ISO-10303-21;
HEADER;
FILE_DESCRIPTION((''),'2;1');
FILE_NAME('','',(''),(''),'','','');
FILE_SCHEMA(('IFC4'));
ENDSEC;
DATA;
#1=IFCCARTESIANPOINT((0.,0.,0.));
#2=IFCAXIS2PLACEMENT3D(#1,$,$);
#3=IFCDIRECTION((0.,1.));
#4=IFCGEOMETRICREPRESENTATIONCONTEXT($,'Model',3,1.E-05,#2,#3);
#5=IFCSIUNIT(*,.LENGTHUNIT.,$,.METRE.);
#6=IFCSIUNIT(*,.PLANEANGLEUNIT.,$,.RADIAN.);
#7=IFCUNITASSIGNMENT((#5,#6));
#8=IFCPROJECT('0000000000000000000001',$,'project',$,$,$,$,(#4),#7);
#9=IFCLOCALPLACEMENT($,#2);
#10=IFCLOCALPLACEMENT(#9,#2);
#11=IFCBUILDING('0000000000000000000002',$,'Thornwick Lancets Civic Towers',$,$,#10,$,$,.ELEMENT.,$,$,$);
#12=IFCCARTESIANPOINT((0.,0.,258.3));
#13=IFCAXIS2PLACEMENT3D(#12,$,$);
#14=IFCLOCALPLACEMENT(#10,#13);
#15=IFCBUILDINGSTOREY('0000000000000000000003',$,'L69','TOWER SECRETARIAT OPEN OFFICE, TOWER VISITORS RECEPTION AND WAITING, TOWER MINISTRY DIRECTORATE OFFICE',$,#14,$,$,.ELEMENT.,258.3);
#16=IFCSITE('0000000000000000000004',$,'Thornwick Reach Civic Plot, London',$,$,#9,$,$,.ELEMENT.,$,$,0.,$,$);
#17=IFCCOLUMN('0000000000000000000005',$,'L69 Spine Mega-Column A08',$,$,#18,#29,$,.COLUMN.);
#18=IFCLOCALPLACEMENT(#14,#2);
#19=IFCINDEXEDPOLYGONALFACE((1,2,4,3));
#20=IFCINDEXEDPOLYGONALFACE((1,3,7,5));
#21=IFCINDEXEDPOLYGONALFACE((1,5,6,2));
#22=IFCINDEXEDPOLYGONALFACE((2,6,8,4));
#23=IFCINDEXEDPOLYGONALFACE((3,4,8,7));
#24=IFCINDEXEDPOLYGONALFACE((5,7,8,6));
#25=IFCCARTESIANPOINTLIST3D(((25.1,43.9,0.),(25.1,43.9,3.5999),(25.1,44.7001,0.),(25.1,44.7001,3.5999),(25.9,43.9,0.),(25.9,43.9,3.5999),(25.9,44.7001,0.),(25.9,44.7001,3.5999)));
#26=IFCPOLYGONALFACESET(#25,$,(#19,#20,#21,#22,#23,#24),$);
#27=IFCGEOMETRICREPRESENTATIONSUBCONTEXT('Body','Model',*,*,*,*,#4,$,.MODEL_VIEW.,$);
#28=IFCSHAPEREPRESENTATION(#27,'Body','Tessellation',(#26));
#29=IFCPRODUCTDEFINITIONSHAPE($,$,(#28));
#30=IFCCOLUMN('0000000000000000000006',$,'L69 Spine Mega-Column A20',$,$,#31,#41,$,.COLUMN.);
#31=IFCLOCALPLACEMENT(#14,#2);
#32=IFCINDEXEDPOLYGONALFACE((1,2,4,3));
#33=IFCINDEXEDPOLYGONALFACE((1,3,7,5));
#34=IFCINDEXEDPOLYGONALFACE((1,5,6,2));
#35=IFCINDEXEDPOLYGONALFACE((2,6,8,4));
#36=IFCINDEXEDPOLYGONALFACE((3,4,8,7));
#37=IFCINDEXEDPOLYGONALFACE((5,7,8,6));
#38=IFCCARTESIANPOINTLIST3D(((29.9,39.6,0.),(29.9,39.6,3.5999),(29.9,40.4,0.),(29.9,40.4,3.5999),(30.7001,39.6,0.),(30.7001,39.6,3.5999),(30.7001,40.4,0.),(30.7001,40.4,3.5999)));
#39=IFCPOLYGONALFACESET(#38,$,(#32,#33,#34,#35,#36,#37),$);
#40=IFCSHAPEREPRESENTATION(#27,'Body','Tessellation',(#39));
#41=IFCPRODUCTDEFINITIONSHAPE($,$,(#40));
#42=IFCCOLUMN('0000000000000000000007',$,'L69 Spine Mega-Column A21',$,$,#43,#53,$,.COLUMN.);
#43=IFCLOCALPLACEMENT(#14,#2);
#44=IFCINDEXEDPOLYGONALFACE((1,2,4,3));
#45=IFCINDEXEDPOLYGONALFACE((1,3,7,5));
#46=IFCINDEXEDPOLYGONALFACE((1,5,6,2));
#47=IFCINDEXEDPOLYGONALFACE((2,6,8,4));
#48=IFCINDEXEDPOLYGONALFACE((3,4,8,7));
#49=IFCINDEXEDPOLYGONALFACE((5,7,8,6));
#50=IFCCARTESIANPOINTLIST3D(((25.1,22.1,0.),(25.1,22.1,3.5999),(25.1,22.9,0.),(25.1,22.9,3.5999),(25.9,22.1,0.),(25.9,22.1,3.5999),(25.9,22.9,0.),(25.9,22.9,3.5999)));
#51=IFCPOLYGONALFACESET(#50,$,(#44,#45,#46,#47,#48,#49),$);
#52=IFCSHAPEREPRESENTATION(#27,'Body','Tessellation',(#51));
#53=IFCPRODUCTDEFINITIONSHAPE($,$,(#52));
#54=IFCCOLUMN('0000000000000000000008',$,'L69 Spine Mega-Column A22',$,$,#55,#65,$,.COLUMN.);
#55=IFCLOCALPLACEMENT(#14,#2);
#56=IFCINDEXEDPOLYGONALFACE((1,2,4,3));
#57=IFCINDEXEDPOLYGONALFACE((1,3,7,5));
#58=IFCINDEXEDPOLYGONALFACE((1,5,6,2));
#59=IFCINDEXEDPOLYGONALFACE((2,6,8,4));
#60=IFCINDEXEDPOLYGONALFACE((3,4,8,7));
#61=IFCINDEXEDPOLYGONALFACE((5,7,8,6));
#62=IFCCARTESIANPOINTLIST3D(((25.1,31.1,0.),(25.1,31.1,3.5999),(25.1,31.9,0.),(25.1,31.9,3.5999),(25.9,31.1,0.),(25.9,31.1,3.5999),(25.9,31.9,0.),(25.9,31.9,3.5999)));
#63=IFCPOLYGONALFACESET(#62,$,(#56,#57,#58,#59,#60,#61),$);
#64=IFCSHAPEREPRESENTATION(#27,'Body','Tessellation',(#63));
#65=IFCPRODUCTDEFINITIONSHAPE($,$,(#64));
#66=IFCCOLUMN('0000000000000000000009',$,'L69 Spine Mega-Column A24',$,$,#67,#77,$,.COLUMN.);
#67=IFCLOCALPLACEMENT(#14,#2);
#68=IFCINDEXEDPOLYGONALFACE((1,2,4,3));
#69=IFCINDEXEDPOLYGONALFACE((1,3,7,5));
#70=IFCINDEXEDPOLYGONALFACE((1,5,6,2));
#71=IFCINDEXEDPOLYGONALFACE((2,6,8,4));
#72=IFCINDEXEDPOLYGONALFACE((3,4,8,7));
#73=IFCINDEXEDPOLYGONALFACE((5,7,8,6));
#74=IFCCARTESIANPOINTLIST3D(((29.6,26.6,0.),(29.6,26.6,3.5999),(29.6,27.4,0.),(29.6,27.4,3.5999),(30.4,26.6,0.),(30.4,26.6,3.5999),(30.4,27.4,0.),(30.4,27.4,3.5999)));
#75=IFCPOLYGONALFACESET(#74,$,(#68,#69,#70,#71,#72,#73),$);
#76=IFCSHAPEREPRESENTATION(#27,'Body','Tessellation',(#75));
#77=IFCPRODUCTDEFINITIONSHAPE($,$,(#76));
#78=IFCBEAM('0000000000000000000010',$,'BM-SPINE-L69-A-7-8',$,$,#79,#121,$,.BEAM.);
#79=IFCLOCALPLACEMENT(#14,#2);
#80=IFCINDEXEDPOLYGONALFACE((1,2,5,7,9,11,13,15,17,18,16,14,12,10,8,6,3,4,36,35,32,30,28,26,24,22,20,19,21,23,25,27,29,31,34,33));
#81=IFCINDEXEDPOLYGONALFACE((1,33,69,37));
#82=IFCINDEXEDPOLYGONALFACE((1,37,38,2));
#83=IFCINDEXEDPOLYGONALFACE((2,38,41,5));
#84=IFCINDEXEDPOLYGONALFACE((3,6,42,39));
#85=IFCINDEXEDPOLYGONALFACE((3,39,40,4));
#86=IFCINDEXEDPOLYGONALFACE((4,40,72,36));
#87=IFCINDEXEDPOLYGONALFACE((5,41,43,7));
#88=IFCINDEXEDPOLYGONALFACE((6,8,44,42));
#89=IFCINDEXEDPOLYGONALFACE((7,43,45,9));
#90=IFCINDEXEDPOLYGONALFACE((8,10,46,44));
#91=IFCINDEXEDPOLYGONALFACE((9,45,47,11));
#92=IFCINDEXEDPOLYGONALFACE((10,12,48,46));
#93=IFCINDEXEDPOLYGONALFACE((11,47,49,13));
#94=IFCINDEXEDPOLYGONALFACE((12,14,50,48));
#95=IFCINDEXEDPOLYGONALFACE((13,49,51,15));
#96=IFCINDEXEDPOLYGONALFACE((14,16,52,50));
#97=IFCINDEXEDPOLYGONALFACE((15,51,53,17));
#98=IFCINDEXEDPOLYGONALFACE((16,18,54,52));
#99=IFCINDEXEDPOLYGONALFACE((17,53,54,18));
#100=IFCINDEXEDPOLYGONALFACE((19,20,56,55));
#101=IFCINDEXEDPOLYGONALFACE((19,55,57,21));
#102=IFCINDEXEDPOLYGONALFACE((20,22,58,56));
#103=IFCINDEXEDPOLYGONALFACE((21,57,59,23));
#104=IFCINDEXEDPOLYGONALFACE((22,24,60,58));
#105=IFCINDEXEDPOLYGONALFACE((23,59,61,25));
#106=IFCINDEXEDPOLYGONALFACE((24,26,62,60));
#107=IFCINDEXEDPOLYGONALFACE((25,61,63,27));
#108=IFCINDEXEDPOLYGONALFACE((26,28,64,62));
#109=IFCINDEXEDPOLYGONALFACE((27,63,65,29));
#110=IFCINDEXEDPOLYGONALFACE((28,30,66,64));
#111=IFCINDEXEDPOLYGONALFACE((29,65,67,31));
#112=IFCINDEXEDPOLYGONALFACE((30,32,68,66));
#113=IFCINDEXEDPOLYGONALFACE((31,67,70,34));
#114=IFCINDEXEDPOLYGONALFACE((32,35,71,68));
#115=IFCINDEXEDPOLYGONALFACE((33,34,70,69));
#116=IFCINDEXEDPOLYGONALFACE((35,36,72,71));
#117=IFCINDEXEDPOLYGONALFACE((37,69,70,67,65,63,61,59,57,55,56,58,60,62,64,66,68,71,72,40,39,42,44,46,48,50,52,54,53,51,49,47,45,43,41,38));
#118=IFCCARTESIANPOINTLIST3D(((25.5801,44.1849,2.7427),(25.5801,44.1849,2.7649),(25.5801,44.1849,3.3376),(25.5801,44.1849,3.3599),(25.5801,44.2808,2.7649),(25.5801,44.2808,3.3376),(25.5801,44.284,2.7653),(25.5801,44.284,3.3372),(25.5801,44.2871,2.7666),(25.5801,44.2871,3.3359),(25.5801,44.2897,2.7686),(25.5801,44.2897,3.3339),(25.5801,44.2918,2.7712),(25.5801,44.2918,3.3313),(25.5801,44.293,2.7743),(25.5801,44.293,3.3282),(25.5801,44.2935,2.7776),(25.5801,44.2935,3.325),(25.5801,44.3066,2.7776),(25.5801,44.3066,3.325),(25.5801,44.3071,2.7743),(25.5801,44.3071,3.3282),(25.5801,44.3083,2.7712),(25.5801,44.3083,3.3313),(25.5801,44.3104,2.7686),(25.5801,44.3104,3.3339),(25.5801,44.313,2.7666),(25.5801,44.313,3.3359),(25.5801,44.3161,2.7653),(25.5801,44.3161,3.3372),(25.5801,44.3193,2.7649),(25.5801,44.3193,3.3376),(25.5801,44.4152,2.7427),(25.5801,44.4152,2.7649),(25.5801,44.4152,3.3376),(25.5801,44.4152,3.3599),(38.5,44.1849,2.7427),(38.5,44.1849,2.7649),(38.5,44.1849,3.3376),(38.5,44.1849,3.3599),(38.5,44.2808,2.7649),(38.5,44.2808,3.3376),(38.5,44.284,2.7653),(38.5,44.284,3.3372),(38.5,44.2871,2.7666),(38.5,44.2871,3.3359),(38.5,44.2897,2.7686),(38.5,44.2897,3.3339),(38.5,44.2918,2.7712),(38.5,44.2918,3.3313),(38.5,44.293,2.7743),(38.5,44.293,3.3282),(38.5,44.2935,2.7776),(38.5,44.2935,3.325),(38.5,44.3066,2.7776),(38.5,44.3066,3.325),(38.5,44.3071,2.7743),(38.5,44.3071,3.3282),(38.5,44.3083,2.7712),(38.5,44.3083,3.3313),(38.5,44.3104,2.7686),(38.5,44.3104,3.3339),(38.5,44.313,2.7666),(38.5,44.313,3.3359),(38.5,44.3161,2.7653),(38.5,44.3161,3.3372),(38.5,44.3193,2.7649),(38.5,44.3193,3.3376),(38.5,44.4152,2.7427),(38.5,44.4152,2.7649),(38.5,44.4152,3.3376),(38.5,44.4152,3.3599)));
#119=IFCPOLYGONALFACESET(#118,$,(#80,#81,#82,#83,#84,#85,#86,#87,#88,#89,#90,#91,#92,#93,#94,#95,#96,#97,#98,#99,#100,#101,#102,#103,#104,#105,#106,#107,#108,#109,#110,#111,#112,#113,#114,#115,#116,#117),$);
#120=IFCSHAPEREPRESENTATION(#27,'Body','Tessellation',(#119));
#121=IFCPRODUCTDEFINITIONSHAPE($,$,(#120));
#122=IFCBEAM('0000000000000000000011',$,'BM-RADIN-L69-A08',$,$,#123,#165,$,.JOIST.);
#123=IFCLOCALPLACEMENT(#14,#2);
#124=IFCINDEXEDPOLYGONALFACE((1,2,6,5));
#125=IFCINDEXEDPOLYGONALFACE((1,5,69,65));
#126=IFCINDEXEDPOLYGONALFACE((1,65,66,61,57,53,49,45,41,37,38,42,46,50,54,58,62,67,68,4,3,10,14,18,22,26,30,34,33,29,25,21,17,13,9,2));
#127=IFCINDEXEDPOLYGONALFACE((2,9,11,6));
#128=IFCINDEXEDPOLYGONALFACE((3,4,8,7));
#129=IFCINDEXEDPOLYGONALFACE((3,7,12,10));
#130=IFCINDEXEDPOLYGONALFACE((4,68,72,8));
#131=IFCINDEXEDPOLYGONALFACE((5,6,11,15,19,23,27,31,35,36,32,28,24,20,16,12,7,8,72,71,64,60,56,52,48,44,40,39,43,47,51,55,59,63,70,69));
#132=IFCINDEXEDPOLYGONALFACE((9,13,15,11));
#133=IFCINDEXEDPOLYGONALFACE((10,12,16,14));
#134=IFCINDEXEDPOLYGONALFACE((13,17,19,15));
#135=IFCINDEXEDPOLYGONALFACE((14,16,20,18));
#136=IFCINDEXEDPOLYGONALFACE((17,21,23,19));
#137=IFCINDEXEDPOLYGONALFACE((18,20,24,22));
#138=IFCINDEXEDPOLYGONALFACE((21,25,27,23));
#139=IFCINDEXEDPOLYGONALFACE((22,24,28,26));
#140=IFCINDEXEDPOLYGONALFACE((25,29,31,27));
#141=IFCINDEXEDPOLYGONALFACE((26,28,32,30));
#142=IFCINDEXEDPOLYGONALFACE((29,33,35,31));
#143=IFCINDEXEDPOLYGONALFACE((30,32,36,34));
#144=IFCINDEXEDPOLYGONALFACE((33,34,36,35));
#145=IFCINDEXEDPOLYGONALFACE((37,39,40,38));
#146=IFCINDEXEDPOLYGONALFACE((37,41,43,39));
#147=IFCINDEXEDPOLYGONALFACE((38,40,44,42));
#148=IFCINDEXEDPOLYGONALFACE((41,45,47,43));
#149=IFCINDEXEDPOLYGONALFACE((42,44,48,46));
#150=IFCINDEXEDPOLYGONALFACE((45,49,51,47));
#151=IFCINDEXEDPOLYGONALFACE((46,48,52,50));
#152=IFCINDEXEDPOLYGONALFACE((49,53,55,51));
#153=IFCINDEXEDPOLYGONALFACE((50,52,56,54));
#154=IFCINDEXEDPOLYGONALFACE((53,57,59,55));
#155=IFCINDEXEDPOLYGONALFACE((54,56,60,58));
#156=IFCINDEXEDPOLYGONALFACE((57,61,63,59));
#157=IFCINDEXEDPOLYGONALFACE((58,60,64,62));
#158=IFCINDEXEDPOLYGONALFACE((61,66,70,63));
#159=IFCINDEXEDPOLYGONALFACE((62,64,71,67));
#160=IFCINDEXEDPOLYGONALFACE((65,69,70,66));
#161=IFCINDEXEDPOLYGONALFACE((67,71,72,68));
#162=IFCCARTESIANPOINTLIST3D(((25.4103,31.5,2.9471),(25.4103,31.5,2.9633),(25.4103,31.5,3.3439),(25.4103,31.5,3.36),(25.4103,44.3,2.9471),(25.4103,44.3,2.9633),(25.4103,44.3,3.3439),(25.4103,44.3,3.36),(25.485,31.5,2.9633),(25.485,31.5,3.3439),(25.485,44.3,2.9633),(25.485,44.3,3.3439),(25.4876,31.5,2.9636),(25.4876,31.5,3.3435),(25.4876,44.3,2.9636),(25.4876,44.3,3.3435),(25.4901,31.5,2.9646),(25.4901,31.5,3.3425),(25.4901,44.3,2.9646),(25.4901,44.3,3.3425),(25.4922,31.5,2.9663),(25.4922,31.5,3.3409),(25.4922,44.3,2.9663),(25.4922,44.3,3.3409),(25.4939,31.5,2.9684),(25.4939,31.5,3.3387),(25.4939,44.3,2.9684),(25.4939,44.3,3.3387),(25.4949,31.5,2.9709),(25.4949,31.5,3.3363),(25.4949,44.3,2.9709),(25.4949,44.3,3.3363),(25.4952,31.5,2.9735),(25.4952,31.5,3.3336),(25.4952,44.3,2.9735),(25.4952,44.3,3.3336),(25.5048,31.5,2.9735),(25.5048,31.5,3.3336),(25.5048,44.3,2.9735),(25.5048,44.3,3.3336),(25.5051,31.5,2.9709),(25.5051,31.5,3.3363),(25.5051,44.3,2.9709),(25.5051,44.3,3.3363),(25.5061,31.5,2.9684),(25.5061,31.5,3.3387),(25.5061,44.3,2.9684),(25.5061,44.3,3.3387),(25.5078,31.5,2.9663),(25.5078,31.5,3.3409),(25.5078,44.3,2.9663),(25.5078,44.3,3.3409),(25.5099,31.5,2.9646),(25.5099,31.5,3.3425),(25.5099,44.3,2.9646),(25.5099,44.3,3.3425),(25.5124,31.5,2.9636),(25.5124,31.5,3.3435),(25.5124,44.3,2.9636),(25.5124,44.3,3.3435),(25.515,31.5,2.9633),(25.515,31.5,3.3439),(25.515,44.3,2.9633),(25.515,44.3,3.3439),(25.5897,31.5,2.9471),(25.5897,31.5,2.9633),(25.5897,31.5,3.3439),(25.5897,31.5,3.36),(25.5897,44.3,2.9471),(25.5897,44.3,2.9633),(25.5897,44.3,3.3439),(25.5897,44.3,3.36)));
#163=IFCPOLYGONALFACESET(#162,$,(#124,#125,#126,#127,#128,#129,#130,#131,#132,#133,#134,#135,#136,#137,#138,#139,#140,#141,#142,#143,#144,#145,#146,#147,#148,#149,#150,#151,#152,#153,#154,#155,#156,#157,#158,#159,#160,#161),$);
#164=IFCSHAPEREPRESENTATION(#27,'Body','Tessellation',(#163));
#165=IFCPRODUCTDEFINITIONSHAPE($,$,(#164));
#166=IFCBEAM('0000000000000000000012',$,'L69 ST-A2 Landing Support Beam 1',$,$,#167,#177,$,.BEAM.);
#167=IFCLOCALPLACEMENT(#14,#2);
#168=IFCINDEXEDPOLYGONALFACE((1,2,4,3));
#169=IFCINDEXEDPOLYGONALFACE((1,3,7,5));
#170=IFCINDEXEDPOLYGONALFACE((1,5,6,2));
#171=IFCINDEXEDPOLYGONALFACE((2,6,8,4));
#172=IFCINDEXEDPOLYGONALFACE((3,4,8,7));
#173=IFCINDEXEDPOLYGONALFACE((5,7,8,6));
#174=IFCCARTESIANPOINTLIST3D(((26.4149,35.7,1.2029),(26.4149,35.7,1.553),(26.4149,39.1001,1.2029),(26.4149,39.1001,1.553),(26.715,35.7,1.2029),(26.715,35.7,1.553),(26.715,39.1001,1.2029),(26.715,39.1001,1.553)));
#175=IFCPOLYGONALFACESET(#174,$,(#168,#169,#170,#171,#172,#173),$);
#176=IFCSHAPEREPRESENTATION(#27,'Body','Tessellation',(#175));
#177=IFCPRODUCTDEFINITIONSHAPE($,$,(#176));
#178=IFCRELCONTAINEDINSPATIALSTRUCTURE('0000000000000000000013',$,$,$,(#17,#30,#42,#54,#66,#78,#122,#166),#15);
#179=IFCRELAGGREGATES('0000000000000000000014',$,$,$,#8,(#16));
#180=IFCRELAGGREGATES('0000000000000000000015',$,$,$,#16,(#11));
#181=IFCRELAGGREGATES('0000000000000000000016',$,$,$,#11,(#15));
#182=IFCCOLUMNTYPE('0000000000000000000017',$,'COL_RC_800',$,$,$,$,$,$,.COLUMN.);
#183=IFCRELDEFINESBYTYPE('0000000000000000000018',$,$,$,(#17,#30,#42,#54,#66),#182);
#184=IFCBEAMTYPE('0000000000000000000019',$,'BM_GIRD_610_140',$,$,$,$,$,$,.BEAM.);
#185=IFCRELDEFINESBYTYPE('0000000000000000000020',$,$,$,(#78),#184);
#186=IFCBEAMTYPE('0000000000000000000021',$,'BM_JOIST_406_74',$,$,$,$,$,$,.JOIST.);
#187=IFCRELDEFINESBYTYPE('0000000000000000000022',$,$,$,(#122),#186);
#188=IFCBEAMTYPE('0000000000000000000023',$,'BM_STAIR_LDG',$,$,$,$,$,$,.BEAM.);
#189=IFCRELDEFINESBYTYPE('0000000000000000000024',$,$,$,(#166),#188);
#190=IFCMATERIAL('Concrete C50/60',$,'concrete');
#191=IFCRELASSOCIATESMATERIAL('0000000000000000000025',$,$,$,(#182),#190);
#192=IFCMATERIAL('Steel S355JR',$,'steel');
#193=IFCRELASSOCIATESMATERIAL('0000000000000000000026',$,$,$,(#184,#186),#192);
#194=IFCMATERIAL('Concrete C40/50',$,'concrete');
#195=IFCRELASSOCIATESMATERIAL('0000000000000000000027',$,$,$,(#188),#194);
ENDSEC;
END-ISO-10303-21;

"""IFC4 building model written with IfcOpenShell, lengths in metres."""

from ifc_helpers import new_model, si_unit, direction, frame, origin, origin_2d, place, context, subcontext, project, spatial, rectangle, i_section, extrude, material, material_profile, profile_set, type_object, element, save


model = new_model("IFC4")

# Units and contexts
model_context = context("Model", 3, precision=1e-05, world=origin(), true_north=direction((0.0, 1.0)))
body_context = subcontext(model_context, "Body", "Model", "MODEL_VIEW")
ifc_project = project(units=[si_unit("LENGTHUNIT", "METRE"), si_unit("PLANEANGLEUNIT", "RADIAN")], contexts=[model_context])

# Site, building, storey
site_placement = place(None, origin())
site = spatial("IfcSite", under=ifc_project, at=site_placement, Name="Thornwick Reach Civic Plot, London", CompositionType="ELEMENT", RefElevation=0.0)
building_placement = place(site_placement, origin())
building = spatial("IfcBuilding", under=site, at=building_placement, Name="Thornwick Lancets Civic Towers", CompositionType="ELEMENT")
storey_placement = place(building_placement, frame((0.0, 0.0, 258.3)))
storey = spatial("IfcBuildingStorey", under=building, at=storey_placement, Name="L69", Description="TOWER SECRETARIAT OPEN OFFICE, TOWER VISITORS RECEPTION AND WAITING, TOWER MINISTRY DIRECTORATE OFFICE", CompositionType="ELEMENT", Elevation=258.3)

# Columns
ifc_material_1 = material(Name="Concrete C50/60", Category="concrete")
ifc_material_profile_1 = material_profile(ifc_material_1, rectangle(XDim=0.8, YDim=0.8, at=origin_2d()), Name="RC 800x800")
ifc_profile_set_1 = profile_set([ifc_material_profile_1], Name="Concrete C50/60")
column_type = type_object("IfcColumnType", Name="COL_RC_800", PredefinedType="COLUMN", material=ifc_profile_set_1)
for number, where, z_axis, x_axis, name in (
    (1, (25.5, 44.3, 0.0), (0.0, 0.0, 1.0), (1.0, 0.0, 0.0), "L69 Spine Mega-Column A08"),
    (2, (30.3, 40.0, 0.0), (0.0, 0.0, 1.0), (1.0, 0.0, 0.0), "L69 Spine Mega-Column A20"),
    (3, (25.5, 22.5, 0.0), (0.0, 0.0, 1.0), (1.0, 0.0, 0.0), "L69 Spine Mega-Column A21"),
    (4, (25.5, 31.5, 0.0), (0.0, 0.0, 1.0), (1.0, 0.0, 0.0), "L69 Spine Mega-Column A22"),
    (5, (30.0, 27.0, 0.0), (0.0, 0.0, 1.0), (1.0, 0.0, 0.0), "L69 Spine Mega-Column A24"),
):
    element("IfcColumn", number, at=place(storey_placement, frame(where, z_axis=z_axis, x_axis=x_axis)), inside=storey, type_object=column_type, Name=name, PredefinedType="COLUMN", context=body_context, shape_type="SweptSolid", body=[
        extrude(rectangle(XDim=0.8, YDim=0.8, at=origin_2d()), origin(), (0.0, 0.0, 1.0), 3.5999),
    ])

# Beams
ifc_material_2 = material(Name="Steel S355JR", Category="steel")
ifc_material_profile_2 = material_profile(ifc_material_2, i_section(OverallWidth=0.2302, OverallDepth=0.6172, WebThickness=0.0132, FlangeThickness=0.0222, FilletRadius=0.0127, at=origin_2d()), Name="UKB 610x229x140")
ifc_profile_set_2 = profile_set([ifc_material_profile_2], Name="Steel S355JR")
beam_type_1 = type_object("IfcBeamType", Name="BM_GIRD_610_140", PredefinedType="BEAM", material=ifc_profile_set_2)
beam_1_placement = place(storey_placement, frame((25.5801, 44.3, 3.0513), z_axis=(1.0, 0.0, 0.0), x_axis=(0.0, 1.0, 0.0)))
element("IfcBeam", 6, at=beam_1_placement, inside=storey, type_object=beam_type_1, Name="BM-SPINE-L69-A-7-8", PredefinedType="BEAM", context=body_context, shape_type="SweptSolid", body=[
    extrude(i_section(OverallWidth=0.2302, OverallDepth=0.6172, WebThickness=0.0132, FlangeThickness=0.0222, FilletRadius=0.0127, at=origin_2d()), origin(), (0.0, 0.0, 1.0), 12.9199),
])
ifc_material_profile_3 = material_profile(ifc_material_2, i_section(OverallWidth=0.1794, OverallDepth=0.4128, WebThickness=0.0095, FlangeThickness=0.0161, FilletRadius=0.0103, at=origin_2d()), Name="UKB 406x178x74")
ifc_profile_set_3 = profile_set([ifc_material_profile_3], Name="Steel S355JR")
beam_type_2 = type_object("IfcBeamType", Name="BM_JOIST_406_74", PredefinedType="JOIST", material=ifc_profile_set_3)
beam_2_placement = place(storey_placement, frame((25.5, 31.5, 3.1536), z_axis=(0.0, 1.0, 0.0), x_axis=(-1.0, 0.0, 0.0)))
element("IfcBeam", 7, at=beam_2_placement, inside=storey, type_object=beam_type_2, Name="BM-RADIN-L69-A08", PredefinedType="JOIST", context=body_context, shape_type="SweptSolid", body=[
    extrude(i_section(OverallWidth=0.1794, OverallDepth=0.4128, WebThickness=0.0095, FlangeThickness=0.0161, FilletRadius=0.0103, at=origin_2d()), origin(), (0.0, 0.0, 1.0), 12.8),
])
ifc_material_3 = material(Name="Concrete C40/50", Category="concrete")
ifc_material_profile_4 = material_profile(ifc_material_3, rectangle(XDim=0.3, YDim=0.3501, at=origin_2d()), Name="RC 300x350")
ifc_profile_set_4 = profile_set([ifc_material_profile_4], Name="Concrete C40/50")
beam_type_3 = type_object("IfcBeamType", Name="BM_STAIR_LDG", PredefinedType="BEAM", material=ifc_profile_set_4)
beam_3_placement = place(storey_placement, frame((26.5649, 39.1001, 1.3779), z_axis=(0.0, -1.0, 0.0), x_axis=(1.0, 0.0, 0.0)))
element("IfcBeam", 8, at=beam_3_placement, inside=storey, type_object=beam_type_3, Name="L69 ST-A2 Landing Support Beam 1", PredefinedType="BEAM", context=body_context, shape_type="SweptSolid", body=[
    extrude(rectangle(XDim=0.3, YDim=0.3501, at=origin_2d()), origin(), (0.0, 0.0, 1.0), 3.4001),
])

save(model, "model.ifc")
